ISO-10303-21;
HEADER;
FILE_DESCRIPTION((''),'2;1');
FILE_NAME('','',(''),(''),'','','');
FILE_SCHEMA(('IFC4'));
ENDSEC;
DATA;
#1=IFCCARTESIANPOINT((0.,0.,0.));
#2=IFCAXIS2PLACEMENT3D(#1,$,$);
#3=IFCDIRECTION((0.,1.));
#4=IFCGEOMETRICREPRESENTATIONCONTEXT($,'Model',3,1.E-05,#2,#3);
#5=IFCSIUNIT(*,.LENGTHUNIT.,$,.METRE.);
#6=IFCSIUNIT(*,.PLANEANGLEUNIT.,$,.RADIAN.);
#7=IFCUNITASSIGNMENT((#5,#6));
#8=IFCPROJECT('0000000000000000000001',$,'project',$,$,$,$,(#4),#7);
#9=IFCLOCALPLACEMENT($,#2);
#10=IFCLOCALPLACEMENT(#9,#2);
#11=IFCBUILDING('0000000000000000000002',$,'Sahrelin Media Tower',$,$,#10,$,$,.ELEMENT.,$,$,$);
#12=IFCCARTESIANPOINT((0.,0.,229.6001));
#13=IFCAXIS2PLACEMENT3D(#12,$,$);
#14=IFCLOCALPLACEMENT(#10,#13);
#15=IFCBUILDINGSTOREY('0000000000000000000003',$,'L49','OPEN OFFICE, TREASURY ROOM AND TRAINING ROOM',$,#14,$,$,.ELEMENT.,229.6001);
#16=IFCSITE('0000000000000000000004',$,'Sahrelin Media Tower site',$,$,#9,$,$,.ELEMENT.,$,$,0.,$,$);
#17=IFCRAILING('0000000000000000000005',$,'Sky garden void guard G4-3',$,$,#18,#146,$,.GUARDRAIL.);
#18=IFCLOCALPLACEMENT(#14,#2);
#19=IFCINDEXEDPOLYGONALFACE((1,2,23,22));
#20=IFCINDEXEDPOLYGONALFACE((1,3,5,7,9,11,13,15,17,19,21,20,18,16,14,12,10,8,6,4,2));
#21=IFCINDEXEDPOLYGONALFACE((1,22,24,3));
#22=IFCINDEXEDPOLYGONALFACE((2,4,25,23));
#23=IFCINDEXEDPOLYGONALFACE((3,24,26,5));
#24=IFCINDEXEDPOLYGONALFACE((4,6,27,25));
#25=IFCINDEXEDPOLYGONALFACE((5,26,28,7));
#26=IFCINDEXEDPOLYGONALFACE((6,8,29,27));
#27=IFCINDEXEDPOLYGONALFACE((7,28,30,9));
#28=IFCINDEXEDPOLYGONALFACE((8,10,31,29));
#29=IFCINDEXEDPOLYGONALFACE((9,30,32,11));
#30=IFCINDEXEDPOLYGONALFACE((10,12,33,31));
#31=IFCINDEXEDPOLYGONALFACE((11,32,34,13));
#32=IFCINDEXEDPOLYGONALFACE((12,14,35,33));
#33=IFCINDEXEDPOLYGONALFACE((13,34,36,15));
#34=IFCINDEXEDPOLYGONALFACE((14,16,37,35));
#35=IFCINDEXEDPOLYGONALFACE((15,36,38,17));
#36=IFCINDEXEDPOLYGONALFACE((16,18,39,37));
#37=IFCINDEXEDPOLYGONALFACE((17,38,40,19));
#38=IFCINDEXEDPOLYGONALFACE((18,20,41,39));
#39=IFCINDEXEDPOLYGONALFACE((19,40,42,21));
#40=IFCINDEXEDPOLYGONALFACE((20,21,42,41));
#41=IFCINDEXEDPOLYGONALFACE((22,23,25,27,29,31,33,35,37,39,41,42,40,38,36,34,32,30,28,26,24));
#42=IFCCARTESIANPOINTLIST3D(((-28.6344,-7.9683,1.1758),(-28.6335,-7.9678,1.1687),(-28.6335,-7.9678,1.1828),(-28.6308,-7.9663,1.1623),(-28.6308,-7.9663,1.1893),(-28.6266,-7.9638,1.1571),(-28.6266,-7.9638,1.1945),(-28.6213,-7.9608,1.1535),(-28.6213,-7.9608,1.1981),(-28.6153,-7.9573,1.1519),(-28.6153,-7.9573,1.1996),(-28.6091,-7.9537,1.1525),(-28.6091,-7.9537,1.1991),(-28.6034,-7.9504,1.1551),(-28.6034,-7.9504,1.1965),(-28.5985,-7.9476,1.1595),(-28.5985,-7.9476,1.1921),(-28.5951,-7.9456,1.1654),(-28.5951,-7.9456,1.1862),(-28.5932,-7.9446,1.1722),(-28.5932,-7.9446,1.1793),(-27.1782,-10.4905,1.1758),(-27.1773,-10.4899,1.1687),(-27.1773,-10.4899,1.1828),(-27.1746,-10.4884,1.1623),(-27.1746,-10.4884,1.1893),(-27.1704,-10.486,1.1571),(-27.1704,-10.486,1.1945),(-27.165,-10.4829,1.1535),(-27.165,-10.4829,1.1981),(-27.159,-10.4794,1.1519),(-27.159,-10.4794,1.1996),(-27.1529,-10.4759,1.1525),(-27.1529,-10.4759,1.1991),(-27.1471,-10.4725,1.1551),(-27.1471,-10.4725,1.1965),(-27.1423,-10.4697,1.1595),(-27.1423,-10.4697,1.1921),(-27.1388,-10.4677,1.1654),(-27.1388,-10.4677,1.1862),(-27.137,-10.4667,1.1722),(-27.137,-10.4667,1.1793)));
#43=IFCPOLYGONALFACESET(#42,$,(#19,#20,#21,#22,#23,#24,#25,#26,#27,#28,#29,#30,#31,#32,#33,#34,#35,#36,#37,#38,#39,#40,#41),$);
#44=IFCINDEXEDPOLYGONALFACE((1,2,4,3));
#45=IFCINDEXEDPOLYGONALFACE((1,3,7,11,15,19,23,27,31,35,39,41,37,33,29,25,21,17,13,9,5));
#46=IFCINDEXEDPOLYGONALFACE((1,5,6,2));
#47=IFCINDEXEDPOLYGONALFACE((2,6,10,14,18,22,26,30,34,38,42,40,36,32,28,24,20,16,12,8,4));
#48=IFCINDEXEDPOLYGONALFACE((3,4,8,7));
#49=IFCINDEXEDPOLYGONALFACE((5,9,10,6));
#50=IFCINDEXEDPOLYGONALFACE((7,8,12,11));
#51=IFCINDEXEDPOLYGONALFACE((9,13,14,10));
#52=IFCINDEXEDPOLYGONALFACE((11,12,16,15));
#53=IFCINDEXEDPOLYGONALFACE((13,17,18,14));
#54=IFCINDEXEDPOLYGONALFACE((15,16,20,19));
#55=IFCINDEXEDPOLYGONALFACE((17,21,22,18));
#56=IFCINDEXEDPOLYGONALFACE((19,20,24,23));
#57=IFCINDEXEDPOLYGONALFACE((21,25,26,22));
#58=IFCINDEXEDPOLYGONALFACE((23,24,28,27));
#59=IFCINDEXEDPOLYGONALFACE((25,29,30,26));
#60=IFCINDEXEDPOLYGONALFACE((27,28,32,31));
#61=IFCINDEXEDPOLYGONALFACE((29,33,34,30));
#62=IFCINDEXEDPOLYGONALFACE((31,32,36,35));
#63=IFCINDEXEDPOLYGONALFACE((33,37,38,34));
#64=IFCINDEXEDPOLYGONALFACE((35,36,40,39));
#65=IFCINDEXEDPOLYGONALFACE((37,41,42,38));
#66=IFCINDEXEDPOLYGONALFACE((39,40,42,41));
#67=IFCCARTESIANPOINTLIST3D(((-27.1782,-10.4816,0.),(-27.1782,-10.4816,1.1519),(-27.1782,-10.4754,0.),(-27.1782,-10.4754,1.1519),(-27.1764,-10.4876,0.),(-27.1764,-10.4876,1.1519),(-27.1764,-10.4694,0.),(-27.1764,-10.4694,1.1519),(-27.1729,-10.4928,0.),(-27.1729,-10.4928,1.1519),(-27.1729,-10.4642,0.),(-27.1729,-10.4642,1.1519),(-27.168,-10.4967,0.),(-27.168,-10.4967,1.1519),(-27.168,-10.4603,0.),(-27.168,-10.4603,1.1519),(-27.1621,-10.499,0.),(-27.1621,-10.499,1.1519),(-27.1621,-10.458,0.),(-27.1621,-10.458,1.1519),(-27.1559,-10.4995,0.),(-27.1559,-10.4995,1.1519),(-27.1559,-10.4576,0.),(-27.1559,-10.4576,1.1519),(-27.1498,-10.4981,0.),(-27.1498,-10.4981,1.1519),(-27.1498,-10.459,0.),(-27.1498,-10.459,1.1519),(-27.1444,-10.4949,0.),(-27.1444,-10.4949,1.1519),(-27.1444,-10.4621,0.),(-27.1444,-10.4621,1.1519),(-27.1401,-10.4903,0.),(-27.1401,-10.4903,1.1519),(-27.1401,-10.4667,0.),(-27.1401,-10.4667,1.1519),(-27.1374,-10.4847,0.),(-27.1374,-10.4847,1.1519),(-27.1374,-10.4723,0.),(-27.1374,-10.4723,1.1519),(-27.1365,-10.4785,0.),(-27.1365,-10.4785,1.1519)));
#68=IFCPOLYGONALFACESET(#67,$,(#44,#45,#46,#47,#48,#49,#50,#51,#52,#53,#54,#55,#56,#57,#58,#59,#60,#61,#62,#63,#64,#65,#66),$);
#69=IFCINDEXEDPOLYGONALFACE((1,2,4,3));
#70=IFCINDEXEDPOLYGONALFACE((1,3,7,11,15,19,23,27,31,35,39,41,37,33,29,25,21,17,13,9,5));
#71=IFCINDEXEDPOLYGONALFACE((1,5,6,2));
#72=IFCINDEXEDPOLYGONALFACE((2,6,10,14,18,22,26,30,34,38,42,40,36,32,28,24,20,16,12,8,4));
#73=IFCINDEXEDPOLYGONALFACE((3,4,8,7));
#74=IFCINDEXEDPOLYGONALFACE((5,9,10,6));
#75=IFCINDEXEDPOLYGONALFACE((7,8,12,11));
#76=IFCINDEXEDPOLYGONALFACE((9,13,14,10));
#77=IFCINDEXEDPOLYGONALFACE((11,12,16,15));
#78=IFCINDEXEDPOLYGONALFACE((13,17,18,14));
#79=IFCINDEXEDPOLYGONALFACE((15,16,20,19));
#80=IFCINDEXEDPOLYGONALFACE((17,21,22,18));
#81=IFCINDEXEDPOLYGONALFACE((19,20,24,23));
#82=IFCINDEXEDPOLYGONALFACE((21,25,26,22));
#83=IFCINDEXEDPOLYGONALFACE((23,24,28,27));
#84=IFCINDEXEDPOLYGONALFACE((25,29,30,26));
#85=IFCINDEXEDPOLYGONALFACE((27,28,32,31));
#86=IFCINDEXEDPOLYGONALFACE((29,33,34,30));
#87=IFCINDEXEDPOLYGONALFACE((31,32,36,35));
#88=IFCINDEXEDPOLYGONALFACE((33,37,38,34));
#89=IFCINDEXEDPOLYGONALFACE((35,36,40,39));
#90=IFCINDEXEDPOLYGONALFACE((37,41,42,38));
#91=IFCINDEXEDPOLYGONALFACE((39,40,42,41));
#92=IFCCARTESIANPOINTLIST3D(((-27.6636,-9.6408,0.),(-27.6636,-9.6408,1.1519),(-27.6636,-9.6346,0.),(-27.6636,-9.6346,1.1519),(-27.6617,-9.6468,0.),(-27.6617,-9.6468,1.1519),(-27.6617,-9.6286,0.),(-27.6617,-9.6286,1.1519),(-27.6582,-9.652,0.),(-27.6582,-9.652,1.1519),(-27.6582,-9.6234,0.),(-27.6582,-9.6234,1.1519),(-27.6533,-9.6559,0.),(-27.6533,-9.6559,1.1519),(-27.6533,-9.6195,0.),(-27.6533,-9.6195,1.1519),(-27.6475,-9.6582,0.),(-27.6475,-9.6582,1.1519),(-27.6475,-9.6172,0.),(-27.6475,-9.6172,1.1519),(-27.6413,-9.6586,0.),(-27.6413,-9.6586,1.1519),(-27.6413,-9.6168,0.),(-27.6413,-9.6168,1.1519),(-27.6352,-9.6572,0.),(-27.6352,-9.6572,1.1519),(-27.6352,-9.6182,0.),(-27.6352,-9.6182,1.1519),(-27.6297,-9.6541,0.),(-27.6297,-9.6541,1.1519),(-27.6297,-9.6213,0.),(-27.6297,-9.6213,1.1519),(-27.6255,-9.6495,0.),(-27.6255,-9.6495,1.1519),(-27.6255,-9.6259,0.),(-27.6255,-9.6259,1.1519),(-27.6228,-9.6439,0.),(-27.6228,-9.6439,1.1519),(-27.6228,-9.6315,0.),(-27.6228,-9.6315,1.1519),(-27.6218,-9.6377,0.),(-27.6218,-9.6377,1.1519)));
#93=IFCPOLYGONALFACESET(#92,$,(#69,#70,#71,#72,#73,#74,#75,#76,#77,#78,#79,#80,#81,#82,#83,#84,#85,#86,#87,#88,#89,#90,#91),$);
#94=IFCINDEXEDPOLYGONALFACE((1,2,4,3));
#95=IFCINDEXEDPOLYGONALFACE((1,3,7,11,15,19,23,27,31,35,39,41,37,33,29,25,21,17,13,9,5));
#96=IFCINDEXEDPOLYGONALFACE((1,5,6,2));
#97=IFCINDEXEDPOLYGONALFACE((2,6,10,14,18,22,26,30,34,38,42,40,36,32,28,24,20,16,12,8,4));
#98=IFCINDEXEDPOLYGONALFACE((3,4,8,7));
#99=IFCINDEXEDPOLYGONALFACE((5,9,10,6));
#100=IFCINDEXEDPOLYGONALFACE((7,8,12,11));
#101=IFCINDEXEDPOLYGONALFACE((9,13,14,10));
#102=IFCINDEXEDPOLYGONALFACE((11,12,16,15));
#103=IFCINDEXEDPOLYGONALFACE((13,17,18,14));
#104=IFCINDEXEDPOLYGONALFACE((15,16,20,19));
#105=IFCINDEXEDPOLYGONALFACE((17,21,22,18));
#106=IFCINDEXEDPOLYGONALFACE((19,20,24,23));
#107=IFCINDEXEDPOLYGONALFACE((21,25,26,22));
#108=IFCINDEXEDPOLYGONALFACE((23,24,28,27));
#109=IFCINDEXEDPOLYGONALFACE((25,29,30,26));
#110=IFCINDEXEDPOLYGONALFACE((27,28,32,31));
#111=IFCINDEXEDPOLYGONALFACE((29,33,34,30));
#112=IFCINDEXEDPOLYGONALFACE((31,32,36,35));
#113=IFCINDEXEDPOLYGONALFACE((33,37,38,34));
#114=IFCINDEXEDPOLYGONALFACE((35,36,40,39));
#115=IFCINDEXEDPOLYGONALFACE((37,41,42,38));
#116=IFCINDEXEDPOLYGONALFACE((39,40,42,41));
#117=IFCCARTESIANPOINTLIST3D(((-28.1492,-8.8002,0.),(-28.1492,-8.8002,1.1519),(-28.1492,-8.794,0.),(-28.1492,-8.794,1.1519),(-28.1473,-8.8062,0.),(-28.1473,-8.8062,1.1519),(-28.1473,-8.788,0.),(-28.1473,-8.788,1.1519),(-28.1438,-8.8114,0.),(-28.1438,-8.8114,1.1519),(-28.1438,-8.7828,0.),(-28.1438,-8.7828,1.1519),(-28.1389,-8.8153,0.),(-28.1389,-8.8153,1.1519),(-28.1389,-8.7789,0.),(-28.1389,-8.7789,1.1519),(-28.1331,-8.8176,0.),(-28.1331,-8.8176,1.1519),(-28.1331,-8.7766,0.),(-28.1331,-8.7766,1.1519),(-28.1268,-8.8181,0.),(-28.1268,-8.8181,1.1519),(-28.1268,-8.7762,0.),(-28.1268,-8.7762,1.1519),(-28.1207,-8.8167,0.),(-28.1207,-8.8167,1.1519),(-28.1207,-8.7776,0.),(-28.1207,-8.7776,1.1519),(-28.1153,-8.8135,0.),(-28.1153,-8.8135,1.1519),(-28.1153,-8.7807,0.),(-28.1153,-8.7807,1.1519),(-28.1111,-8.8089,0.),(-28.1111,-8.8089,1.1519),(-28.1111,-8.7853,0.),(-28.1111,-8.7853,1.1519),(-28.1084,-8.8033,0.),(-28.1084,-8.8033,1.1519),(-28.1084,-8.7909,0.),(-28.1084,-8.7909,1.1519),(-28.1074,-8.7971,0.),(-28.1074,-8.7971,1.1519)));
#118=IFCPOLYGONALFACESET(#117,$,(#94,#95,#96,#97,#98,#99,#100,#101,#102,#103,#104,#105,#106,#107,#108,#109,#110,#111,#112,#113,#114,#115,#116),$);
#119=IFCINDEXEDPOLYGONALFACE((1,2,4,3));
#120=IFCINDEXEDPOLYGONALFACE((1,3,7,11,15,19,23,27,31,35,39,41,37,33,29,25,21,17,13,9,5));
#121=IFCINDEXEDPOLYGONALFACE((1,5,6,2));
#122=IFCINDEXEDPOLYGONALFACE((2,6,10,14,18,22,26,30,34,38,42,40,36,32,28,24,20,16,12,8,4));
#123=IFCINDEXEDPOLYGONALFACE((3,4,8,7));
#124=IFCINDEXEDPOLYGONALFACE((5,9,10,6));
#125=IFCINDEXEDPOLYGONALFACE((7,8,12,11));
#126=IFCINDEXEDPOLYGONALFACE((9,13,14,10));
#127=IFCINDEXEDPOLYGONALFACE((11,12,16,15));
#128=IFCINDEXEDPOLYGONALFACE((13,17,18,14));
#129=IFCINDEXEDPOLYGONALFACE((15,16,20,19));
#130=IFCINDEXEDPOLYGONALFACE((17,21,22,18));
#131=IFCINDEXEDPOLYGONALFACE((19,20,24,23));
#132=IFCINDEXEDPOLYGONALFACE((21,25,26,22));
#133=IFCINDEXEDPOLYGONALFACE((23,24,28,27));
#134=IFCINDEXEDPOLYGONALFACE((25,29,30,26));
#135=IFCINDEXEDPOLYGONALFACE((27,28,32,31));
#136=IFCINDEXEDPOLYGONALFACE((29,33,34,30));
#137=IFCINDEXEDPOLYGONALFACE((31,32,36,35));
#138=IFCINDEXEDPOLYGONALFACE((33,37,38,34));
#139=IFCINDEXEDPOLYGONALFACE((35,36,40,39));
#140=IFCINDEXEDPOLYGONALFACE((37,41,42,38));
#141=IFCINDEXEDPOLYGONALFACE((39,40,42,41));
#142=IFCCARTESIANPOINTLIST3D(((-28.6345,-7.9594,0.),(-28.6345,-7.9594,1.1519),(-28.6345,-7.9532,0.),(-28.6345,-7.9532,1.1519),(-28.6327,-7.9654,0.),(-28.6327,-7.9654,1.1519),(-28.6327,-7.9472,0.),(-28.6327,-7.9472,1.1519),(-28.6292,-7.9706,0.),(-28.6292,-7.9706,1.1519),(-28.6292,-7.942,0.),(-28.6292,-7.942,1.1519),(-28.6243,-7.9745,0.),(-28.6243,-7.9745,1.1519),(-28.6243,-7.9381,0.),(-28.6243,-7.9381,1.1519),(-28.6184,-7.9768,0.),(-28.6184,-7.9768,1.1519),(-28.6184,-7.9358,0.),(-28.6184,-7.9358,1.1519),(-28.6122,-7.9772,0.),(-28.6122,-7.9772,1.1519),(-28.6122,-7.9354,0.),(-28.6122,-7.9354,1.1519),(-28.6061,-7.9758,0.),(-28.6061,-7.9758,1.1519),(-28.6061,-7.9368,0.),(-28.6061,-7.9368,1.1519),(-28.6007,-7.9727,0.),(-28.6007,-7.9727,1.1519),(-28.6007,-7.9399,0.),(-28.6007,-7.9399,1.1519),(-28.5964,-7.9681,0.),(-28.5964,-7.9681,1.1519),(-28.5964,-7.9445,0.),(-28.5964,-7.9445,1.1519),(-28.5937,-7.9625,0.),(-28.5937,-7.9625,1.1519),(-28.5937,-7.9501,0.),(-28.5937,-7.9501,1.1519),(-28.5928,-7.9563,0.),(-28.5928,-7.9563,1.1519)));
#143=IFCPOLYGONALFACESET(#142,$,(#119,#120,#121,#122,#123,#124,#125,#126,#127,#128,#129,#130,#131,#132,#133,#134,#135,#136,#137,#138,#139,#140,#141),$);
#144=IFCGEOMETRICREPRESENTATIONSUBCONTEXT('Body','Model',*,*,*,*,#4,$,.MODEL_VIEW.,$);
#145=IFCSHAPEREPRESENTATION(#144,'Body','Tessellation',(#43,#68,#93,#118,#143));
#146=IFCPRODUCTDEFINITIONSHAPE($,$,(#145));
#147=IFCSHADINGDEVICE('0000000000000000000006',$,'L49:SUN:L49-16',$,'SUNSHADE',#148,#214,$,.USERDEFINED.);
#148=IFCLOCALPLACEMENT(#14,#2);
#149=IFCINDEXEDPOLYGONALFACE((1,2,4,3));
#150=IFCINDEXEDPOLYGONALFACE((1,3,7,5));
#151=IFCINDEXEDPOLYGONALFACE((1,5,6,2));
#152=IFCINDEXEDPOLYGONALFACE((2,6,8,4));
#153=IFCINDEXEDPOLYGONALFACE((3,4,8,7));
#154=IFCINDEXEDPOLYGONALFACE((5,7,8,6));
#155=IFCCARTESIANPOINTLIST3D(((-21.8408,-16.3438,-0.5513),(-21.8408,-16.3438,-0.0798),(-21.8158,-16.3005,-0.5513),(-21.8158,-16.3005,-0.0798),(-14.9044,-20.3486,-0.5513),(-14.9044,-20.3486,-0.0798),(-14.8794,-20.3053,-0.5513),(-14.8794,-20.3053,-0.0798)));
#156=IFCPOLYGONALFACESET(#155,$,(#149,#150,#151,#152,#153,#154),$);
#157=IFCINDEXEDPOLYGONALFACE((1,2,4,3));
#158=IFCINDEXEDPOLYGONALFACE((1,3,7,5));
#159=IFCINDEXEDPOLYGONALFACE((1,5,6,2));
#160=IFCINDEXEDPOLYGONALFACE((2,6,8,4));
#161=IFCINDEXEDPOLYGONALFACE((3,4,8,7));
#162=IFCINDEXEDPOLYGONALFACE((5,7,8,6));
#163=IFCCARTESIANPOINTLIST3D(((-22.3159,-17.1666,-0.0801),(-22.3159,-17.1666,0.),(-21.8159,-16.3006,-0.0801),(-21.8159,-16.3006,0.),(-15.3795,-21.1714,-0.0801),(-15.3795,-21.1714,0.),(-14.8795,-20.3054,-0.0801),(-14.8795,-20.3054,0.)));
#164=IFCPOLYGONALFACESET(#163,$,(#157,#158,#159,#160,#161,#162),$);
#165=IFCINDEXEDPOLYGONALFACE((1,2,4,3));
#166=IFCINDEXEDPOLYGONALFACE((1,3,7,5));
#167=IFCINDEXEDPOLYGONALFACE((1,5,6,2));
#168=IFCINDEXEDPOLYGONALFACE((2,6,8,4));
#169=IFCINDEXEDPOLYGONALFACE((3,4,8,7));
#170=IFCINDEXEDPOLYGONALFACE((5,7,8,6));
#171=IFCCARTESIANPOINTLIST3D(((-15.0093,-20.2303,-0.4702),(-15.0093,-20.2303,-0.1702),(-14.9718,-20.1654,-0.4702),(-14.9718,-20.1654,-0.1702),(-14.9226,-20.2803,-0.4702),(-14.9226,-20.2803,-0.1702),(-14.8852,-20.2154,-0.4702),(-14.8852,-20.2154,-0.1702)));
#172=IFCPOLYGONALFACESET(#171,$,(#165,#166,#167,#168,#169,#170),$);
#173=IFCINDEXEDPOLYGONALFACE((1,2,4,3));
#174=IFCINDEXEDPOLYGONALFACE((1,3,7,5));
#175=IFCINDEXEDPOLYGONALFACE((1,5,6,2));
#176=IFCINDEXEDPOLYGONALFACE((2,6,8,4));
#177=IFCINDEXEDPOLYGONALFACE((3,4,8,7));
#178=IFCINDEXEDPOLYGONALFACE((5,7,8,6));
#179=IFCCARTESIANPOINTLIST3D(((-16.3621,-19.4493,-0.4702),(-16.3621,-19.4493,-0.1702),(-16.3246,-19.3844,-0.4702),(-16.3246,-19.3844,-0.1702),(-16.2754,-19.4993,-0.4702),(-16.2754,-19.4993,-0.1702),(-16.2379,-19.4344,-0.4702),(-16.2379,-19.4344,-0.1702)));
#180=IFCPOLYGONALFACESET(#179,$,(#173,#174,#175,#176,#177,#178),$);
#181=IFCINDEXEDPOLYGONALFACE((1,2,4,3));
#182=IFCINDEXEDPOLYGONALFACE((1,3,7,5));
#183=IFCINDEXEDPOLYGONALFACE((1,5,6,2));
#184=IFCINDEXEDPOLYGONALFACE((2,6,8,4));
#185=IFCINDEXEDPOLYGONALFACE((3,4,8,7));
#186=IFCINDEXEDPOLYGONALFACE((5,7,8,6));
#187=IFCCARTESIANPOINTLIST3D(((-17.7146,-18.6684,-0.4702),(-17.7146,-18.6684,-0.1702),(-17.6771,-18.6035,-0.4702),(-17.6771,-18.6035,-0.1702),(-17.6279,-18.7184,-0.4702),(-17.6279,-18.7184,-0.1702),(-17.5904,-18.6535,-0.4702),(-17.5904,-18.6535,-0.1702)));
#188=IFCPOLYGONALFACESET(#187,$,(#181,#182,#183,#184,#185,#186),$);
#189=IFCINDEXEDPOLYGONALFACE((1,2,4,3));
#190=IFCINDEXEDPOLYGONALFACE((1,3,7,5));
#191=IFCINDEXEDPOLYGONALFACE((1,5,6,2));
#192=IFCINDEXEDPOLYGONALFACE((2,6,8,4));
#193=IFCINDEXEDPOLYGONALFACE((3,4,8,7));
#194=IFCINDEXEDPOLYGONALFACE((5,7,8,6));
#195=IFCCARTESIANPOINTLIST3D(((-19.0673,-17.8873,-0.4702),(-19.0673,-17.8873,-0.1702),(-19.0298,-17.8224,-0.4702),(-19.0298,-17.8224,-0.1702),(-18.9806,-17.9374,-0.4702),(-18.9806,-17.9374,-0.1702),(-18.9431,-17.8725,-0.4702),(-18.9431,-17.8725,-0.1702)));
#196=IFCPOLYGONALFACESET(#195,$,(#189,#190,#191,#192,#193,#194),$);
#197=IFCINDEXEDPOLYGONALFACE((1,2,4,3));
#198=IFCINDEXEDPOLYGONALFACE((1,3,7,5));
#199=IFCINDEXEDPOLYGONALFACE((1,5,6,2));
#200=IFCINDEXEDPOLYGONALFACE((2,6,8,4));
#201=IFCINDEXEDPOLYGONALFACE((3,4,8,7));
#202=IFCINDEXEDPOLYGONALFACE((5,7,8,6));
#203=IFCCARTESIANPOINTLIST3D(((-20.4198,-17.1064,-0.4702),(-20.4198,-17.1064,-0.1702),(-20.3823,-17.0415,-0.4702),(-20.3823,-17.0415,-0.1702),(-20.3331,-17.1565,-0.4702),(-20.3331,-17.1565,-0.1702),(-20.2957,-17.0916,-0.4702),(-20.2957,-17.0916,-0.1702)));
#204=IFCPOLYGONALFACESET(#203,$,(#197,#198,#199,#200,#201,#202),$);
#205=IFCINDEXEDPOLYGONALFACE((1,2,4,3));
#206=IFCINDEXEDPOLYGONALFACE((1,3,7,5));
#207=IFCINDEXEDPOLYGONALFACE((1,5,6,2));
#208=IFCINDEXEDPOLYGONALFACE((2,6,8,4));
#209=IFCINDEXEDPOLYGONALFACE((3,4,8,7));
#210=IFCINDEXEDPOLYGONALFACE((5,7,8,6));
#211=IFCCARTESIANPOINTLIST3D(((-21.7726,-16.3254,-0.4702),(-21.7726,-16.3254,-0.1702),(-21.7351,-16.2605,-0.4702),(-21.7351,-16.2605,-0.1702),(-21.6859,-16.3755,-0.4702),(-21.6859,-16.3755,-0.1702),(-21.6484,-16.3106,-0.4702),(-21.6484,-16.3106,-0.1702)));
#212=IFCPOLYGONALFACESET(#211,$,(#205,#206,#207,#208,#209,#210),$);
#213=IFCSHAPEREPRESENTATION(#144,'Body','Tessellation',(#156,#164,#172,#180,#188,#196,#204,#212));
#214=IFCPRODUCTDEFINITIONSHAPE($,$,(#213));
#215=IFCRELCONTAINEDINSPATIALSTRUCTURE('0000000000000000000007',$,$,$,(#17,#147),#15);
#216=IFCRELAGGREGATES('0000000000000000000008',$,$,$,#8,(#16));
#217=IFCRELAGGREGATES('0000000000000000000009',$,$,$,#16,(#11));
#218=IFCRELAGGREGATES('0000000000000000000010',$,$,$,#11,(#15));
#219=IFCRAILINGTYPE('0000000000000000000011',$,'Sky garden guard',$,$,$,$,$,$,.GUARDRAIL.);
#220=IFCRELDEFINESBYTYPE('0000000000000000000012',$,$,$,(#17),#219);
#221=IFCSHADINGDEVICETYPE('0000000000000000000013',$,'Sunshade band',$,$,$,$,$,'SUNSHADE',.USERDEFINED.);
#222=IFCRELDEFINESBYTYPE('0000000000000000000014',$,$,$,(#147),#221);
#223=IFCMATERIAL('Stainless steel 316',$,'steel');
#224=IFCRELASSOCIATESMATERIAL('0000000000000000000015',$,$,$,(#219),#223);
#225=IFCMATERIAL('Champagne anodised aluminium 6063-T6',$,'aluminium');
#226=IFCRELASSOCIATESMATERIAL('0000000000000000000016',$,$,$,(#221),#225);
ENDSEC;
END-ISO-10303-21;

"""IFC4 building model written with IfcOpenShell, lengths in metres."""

from ifc_helpers import new_model, si_unit, direction, frame, origin, origin_2d, place, context, subcontext, project, spatial, rectangle, circle, extrude, material, type_object, element, save


model = new_model("IFC4")

# Units and contexts
model_context = context("Model", 3, precision=1e-05, world=origin(), true_north=direction((0.0, 1.0)))
body_context = subcontext(model_context, "Body", "Model", "MODEL_VIEW")
ifc_project = project(units=[si_unit("LENGTHUNIT", "METRE"), si_unit("PLANEANGLEUNIT", "RADIAN")], contexts=[model_context])

# Site, building, storey
site_placement = place(None, origin())
site = spatial("IfcSite", under=ifc_project, at=site_placement, Name="Sahrelin Media Tower site", CompositionType="ELEMENT", RefElevation=0.0)
building_placement = place(site_placement, origin())
building = spatial("IfcBuilding", under=site, at=building_placement, Name="Sahrelin Media Tower", CompositionType="ELEMENT")
storey_placement = place(building_placement, frame((0.0, 0.0, 229.6001)))
storey = spatial("IfcBuildingStorey", under=building, at=storey_placement, Name="L49", Description="OPEN OFFICE, TREASURY ROOM AND TRAINING ROOM", CompositionType="ELEMENT", Elevation=229.6001)

# Shared definitions
ifc_material_1 = material(Name="Champagne anodised aluminium 6063-T6", Category="aluminium")

# Shared definitions
placement = place(storey_placement, frame((-18.3376, -18.2856, 0.0), z_axis=(0.0, 0.0, 1.0), x_axis=(-0.866019, 0.500011, 0.0)))

# Railing
ifc_material_2 = material(Name="Stainless steel 316", Category="steel")
railing_type = type_object("IfcRailingType", Name="Sky garden guard", PredefinedType="GUARDRAIL", material=ifc_material_2)
railing_1_placement = place(storey_placement, frame((-27.1575, -10.4785, 0.0)))
element("IfcRailing", 1, at=railing_1_placement, inside=storey, type_object=railing_type, Name="Sky garden void guard G4-3", PredefinedType="GUARDRAIL", context=body_context, shape_type="SweptSolid", body=[
    extrude(circle(Radius=0.0239, at=origin_2d()), frame((0.0, 0.0, 1.1758), z_axis=(-0.500025, 0.866011, 0.0), x_axis=(-0.866011, -0.500025, 0.0)), (0.0, 0.0, 1.0), 2.9124),
    extrude(circle(Radius=0.021, at=origin_2d()), origin(), (0.0, 0.0, 1.0), 1.1519),
    extrude(circle(Radius=0.021, at=origin_2d()), frame((-0.4854, 0.8408, 0.0)), (0.0, 0.0, 1.0), 1.1519),
    extrude(circle(Radius=0.021, at=origin_2d()), frame((-0.9709, 1.6814, 0.0)), (0.0, 0.0, 1.0), 1.1519),
    extrude(circle(Radius=0.021, at=origin_2d()), frame((-1.4563, 2.5222, 0.0)), (0.0, 0.0, 1.0), 1.1519),
])

# Shading device
shading_device_type_1 = type_object("IfcShadingDeviceType", Name="Sunshade band", ElementType="SUNSHADE", PredefinedType="USERDEFINED", material=ifc_material_1)
element("IfcShadingDevice", 2, at=placement, inside=storey, type_object=shading_device_type_1, Name="L49:SUN:L49-16", ObjectType="SUNSHADE", PredefinedType="USERDEFINED", context=body_context, shape_type="SweptSolid", body=[
    extrude(rectangle(XDim=8.0095, YDim=0.05, at=origin_2d()), frame((0.0, 0.0449, -0.5513)), (0.0, 0.0, 1.0), 0.4714),
    extrude(rectangle(XDim=8.0095, YDim=1.0, at=origin_2d()), frame((0.0, 0.52, -0.0801)), (0.0, 0.0, 1.0), 0.0801),
    extrude(rectangle(XDim=0.1001, YDim=0.075, at=origin_2d()), frame((-3.9048, -0.0176, -0.4702)), (0.0, 0.0, 1.0), 0.3),
    extrude(rectangle(XDim=0.1001, YDim=0.075, at=origin_2d()), frame((-2.3428, -0.0176, -0.4702)), (0.0, 0.0, 1.0), 0.3),
    extrude(rectangle(XDim=0.1001, YDim=0.075, at=origin_2d()), frame((-0.781, -0.0176, -0.4702)), (0.0, 0.0, 1.0), 0.3),
    extrude(rectangle(XDim=0.1001, YDim=0.075, at=origin_2d()), frame((0.781, -0.0176, -0.4702)), (0.0, 0.0, 1.0), 0.3),
    extrude(rectangle(XDim=0.1001, YDim=0.075, at=origin_2d()), frame((2.3428, -0.0176, -0.4702)), (0.0, 0.0, 1.0), 0.3),
    extrude(rectangle(XDim=0.1001, YDim=0.075, at=origin_2d()), frame((3.9048, -0.0176, -0.4702)), (0.0, 0.0, 1.0), 0.3),
])

save(model, "model.ifc")
